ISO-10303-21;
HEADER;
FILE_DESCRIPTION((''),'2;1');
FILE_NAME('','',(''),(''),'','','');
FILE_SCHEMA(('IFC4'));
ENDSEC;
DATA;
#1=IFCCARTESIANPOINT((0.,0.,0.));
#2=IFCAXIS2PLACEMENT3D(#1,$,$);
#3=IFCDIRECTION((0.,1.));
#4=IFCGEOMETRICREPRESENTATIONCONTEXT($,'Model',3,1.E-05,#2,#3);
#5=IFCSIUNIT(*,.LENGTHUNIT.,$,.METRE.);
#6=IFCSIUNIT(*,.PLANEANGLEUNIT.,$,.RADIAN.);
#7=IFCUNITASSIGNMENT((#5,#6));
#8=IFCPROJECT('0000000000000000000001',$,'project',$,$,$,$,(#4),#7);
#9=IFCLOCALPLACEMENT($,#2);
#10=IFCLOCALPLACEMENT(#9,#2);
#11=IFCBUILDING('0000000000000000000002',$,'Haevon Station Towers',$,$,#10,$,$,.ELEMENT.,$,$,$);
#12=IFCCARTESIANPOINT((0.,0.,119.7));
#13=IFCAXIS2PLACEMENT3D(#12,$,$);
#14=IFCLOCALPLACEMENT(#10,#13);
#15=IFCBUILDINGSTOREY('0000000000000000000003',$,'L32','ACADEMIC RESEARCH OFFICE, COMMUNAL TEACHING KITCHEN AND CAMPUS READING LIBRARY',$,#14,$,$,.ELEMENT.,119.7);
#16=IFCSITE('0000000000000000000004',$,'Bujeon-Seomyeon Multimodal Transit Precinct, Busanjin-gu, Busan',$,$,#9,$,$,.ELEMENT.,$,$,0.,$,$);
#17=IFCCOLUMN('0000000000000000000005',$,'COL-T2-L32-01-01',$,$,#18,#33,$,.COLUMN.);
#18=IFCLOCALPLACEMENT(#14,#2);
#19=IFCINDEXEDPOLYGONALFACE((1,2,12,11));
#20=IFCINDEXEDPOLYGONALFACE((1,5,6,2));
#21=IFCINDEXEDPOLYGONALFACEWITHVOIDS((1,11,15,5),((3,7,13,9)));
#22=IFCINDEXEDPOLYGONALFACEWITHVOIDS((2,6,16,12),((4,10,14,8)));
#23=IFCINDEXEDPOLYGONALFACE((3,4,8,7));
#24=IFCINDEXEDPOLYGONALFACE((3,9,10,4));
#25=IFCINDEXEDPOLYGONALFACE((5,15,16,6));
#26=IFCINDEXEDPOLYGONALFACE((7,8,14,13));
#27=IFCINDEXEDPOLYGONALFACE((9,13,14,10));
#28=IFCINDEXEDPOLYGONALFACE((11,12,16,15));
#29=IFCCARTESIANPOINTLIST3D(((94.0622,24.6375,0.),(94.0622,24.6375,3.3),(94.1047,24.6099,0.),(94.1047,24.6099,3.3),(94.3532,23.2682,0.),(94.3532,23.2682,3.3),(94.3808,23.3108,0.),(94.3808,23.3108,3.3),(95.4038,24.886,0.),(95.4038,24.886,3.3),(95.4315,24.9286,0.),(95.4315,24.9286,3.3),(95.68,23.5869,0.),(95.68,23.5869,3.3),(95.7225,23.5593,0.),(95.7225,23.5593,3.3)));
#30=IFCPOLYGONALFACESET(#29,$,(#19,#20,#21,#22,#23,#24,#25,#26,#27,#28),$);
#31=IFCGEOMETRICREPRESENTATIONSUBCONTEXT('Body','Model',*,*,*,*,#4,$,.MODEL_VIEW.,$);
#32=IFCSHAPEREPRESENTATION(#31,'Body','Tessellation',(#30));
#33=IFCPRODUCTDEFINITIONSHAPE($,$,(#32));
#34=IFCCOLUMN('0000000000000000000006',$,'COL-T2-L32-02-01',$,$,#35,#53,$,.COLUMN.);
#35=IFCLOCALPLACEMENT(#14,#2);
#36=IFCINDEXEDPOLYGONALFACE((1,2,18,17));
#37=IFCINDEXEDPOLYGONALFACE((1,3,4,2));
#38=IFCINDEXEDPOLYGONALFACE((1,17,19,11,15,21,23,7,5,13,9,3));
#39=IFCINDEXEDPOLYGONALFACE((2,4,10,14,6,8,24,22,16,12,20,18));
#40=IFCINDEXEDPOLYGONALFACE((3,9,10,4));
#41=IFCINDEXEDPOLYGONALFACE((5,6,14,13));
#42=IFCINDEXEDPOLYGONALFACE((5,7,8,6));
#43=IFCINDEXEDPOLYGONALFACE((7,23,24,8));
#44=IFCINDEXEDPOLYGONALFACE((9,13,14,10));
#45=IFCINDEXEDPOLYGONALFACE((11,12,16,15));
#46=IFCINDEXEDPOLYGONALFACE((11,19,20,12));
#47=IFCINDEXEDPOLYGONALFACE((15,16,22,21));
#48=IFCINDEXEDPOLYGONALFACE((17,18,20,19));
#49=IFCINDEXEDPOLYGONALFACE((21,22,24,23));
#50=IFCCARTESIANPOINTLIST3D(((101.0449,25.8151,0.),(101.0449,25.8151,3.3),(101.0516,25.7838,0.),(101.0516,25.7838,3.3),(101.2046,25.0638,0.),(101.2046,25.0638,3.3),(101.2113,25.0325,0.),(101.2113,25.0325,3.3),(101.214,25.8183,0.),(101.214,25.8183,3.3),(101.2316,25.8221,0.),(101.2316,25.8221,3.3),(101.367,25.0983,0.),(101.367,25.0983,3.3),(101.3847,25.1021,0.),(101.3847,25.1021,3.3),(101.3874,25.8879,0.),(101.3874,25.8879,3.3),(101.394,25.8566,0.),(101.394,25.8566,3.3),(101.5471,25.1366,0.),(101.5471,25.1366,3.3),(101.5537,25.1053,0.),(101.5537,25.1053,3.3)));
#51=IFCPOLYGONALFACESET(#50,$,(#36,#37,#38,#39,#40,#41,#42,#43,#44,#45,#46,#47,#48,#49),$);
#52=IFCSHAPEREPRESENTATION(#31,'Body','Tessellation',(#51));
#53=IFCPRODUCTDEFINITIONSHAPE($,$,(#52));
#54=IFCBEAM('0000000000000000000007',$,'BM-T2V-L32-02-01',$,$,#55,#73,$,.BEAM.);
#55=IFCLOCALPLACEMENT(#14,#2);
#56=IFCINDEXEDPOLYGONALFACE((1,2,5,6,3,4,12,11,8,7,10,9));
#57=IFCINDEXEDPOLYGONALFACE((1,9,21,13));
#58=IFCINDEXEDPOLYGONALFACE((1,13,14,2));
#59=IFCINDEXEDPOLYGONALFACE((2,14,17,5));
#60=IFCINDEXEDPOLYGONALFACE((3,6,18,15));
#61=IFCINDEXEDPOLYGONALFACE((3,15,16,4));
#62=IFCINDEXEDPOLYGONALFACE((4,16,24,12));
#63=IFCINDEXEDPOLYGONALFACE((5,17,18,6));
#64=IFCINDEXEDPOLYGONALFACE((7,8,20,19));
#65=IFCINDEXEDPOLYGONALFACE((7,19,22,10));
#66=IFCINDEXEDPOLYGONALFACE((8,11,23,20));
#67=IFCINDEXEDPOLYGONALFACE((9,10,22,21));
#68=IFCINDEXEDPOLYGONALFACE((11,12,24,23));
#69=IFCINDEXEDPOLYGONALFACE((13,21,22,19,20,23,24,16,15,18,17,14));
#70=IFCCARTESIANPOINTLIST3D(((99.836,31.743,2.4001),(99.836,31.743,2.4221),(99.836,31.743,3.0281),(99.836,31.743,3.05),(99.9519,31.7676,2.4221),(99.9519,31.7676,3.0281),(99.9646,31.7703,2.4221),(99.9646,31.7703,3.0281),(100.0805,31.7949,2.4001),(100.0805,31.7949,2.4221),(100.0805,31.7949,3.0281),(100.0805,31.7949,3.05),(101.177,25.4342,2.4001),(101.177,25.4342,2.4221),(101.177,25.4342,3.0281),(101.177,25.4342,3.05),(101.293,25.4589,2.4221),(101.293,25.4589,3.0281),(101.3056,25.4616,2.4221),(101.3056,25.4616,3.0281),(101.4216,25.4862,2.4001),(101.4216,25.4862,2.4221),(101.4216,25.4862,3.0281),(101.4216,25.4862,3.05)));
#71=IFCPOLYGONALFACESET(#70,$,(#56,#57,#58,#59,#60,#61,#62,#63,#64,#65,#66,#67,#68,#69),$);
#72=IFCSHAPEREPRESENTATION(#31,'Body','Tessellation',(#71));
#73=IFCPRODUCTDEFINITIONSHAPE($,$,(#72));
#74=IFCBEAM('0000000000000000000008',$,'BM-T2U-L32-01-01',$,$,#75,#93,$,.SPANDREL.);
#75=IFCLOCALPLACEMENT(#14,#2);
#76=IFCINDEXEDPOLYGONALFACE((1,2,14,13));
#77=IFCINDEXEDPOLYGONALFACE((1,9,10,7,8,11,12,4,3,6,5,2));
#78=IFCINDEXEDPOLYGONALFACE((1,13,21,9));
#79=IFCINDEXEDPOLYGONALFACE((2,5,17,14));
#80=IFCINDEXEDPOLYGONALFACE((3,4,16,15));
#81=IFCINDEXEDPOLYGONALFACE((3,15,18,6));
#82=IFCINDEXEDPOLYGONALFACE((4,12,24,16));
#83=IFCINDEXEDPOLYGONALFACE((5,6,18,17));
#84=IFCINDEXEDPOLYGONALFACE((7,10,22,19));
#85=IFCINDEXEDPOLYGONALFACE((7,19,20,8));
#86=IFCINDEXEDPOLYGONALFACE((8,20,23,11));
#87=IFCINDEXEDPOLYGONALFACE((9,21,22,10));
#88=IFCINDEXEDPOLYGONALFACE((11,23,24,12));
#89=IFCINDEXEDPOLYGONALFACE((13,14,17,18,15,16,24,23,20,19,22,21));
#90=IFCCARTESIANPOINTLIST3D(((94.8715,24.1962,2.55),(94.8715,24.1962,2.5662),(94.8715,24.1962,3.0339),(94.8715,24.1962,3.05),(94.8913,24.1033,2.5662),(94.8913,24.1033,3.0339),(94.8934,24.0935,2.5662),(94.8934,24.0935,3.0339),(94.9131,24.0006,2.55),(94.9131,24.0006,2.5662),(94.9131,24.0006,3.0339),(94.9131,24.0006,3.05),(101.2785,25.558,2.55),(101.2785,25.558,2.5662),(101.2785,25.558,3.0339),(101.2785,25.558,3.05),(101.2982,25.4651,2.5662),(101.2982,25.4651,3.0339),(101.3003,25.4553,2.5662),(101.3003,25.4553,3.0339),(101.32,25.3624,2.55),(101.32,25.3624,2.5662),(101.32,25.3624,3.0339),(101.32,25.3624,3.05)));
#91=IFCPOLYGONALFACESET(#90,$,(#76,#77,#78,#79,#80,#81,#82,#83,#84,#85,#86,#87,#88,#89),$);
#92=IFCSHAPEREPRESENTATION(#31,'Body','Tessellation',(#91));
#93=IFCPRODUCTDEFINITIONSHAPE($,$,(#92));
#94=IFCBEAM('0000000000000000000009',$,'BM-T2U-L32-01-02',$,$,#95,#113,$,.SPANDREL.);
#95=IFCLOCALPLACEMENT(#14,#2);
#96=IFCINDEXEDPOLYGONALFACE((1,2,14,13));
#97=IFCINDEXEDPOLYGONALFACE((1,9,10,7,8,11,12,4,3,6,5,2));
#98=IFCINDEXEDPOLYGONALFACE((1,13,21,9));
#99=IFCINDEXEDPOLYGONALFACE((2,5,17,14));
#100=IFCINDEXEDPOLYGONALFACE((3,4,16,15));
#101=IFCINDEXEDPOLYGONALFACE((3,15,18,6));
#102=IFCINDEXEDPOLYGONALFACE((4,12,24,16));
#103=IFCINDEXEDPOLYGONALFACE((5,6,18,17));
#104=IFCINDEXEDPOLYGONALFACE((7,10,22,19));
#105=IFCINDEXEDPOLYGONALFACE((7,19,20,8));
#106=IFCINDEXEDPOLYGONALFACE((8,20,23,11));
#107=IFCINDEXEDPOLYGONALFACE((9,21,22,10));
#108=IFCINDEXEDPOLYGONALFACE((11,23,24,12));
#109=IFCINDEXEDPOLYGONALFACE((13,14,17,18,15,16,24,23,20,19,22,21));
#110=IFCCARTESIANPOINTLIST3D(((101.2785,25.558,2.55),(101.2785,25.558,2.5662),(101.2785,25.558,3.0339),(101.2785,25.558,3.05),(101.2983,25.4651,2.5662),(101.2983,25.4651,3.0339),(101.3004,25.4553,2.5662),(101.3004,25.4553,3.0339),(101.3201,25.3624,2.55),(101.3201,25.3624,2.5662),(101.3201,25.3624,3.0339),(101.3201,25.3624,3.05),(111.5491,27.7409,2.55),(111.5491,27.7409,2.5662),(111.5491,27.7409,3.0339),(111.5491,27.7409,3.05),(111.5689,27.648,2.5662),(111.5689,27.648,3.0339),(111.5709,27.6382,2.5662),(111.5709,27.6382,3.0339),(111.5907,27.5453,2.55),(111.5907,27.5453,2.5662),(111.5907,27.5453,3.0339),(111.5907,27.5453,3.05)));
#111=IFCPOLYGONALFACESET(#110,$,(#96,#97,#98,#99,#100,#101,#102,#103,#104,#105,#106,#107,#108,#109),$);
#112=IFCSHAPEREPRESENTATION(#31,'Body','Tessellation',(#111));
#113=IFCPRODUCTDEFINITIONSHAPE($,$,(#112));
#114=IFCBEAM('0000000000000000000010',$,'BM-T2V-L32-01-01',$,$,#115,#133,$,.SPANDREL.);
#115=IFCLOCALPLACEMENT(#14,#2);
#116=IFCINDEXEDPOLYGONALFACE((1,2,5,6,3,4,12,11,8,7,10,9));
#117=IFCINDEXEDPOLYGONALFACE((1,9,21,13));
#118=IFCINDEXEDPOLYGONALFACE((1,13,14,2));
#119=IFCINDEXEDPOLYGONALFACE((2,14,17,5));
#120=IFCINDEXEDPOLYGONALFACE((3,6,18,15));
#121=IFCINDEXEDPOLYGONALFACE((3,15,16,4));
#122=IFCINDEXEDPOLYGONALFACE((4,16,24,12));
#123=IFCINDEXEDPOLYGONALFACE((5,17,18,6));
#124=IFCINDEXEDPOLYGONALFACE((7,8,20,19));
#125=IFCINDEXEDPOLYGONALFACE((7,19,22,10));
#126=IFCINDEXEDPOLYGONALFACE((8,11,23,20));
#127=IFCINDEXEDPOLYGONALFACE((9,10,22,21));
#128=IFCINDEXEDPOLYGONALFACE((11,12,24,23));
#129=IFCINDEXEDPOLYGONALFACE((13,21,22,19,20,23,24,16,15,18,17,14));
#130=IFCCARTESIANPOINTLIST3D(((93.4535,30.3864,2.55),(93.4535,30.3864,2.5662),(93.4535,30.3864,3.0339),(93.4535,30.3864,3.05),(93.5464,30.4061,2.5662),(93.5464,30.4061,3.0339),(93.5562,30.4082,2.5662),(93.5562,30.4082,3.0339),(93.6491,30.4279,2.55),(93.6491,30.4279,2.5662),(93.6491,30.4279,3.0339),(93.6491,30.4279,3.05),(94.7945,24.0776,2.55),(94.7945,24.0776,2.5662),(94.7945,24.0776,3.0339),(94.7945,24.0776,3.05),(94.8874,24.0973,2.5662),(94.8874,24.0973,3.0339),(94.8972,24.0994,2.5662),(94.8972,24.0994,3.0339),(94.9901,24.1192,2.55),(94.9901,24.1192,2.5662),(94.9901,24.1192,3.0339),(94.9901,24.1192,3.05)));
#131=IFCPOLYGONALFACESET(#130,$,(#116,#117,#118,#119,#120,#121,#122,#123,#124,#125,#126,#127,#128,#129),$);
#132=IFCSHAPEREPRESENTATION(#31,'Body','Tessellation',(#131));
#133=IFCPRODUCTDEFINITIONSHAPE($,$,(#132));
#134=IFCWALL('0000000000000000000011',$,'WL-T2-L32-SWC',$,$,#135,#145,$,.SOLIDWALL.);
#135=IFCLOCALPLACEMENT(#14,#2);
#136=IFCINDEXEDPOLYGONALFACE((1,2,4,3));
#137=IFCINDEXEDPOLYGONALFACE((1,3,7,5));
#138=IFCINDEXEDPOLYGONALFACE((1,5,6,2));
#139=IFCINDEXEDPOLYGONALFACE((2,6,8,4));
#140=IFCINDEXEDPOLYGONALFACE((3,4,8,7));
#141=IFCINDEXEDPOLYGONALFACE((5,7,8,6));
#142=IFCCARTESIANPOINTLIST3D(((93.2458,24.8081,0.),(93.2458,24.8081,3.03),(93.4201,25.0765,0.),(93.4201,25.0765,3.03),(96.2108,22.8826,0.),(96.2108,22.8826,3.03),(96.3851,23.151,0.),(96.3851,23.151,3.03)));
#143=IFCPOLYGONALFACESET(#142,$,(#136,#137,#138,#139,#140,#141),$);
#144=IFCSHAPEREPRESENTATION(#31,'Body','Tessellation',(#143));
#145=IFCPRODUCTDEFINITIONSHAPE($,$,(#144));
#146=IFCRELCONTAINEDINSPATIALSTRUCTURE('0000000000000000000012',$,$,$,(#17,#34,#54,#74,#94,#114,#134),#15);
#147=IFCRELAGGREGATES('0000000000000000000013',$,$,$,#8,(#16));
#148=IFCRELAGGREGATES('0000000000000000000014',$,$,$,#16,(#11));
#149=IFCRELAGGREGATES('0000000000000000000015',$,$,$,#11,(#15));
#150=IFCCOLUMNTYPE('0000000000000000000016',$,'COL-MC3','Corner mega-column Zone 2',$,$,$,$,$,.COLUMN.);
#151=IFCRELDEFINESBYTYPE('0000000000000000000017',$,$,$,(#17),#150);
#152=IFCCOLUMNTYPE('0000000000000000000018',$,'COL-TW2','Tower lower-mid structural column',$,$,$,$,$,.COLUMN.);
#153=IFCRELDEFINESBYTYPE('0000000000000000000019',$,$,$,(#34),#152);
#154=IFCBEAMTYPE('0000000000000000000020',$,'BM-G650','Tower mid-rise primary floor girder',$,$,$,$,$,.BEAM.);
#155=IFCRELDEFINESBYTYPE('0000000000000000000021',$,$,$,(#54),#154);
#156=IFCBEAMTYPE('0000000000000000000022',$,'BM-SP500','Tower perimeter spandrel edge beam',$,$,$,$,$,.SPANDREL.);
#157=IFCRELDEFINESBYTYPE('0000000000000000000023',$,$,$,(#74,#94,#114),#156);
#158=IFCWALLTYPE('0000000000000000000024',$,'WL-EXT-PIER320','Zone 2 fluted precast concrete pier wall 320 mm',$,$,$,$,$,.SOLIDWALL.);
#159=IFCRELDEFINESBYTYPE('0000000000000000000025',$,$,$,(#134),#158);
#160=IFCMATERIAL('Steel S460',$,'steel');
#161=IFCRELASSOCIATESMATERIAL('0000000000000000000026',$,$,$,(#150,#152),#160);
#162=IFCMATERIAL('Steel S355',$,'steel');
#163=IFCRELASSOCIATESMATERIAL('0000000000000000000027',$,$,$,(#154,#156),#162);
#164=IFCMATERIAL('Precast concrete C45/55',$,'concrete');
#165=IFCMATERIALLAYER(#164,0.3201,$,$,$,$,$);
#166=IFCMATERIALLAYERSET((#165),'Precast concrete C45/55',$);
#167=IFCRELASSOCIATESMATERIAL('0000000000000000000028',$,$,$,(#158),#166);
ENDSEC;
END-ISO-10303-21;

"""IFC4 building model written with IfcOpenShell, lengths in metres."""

from ifc_helpers import new_model, si_unit, direction, frame, frame_2d, origin, origin_2d, place, context, subcontext, project, spatial, rectangle, hollow_rectangle, i_section, extrude, material, layer, layer_set, material_profile, profile_set, type_object, element, save


model = new_model("IFC4")

# Units and contexts
model_context = context("Model", 3, precision=1e-05, world=origin(), true_north=direction((0.0, 1.0)))
body_context = subcontext(model_context, "Body", "Model", "MODEL_VIEW")
ifc_project = project(units=[si_unit("LENGTHUNIT", "METRE"), si_unit("PLANEANGLEUNIT", "RADIAN")], contexts=[model_context])

# Site, building, storey
site_placement = place(None, origin())
site = spatial("IfcSite", under=ifc_project, at=site_placement, Name="Bujeon-Seomyeon Multimodal Transit Precinct, Busanjin-gu, Busan", CompositionType="ELEMENT", RefElevation=0.0)
building_placement = place(site_placement, origin())
building = spatial("IfcBuilding", under=site, at=building_placement, Name="Haevon Station Towers", CompositionType="ELEMENT")
storey_placement = place(building_placement, frame((0.0, 0.0, 119.7)))
storey = spatial("IfcBuildingStorey", under=building, at=storey_placement, Name="L32", Description="ACADEMIC RESEARCH OFFICE, COMMUNAL TEACHING KITCHEN AND CAMPUS READING LIBRARY", CompositionType="ELEMENT", Elevation=119.7)

# Columns
ifc_material_1 = material(Name="Steel S460", Category="steel")
ifc_material_profile_1 = material_profile(ifc_material_1, hollow_rectangle(XDim=1.3999, YDim=1.3999, WallThickness=0.0359, at=origin_2d()), Name="BOX-1400x1400x36")
ifc_profile_set_1 = profile_set([ifc_material_profile_1], Name="Steel S460")
column_type_1 = type_object("IfcColumnType", Name="COL-MC3", Description="Corner mega-column Zone 2", PredefinedType="COLUMN", material=ifc_profile_set_1)
column_1_placement = place(storey_placement, frame((94.8923, 24.0984, 0.0), z_axis=(0.0, 0.0, 1.0), x_axis=(0.978148, 0.207912, 0.0)))
element("IfcColumn", 1, at=column_1_placement, inside=storey, type_object=column_type_1, Name="COL-T2-L32-01-01", PredefinedType="COLUMN", context=body_context, shape_type="SweptSolid", body=[
    extrude(hollow_rectangle(XDim=1.3999, YDim=1.3999, WallThickness=0.0359, at=origin_2d()), origin(), (0.0, 0.0, 1.0), 3.3),
])
ifc_material_profile_2 = material_profile(ifc_material_1, i_section(OverallWidth=0.3501, OverallDepth=0.8, WebThickness=0.0181, FlangeThickness=0.032, at=origin_2d()), Name="H-800x350x18x32")
ifc_profile_set_2 = profile_set([ifc_material_profile_2], Name="Steel S460")
column_type_2 = type_object("IfcColumnType", Name="COL-TW2", Description="Tower lower-mid structural column", PredefinedType="COLUMN", material=ifc_profile_set_2)
column_2_placement = place(storey_placement, frame((101.2993, 25.4602, 0.0), z_axis=(0.0, 0.0, 1.0), x_axis=(0.978148, 0.207912, 0.0)))
element("IfcColumn", 2, at=column_2_placement, inside=storey, type_object=column_type_2, Name="COL-T2-L32-02-01", PredefinedType="COLUMN", context=body_context, shape_type="SweptSolid", body=[
    extrude(i_section(OverallWidth=0.3501, OverallDepth=0.8, WebThickness=0.0181, FlangeThickness=0.032, at=origin_2d()), origin(), (0.0, 0.0, 1.0), 3.3),
])

# Beams
ifc_material_2 = material(Name="Steel S355", Category="steel")
ifc_material_profile_3 = material_profile(ifc_material_2, i_section(OverallWidth=0.25, OverallDepth=0.6499, WebThickness=0.0129, FlangeThickness=0.022, at=origin_2d()), Name="H-650x250x13x22")
ifc_profile_set_3 = profile_set([ifc_material_profile_3], Name="Steel S355")
beam_type_1 = type_object("IfcBeamType", Name="BM-G650", Description="Tower mid-rise primary floor girder", PredefinedType="BEAM", material=ifc_profile_set_3)
beam_1_placement = place(storey_placement, frame((101.2993, 25.4602, 2.7251), z_axis=(-0.207923, 0.978145, 0.0), x_axis=(-0.978145, -0.207923, 0.0)))
element("IfcBeam", 3, at=beam_1_placement, inside=storey, type_object=beam_type_1, Name="BM-T2V-L32-02-01", PredefinedType="BEAM", context=body_context, shape_type="SweptSolid", body=[
    extrude(i_section(OverallWidth=0.25, OverallDepth=0.6499, WebThickness=0.0129, FlangeThickness=0.022, at=origin_2d()), origin(), (0.0, 0.0, 1.0), 6.4497),
])
ifc_material_profile_4 = material_profile(ifc_material_2, i_section(OverallWidth=0.2, OverallDepth=0.5, WebThickness=0.01, FlangeThickness=0.0161, at=origin_2d()), Name="H-500x200x10x16")
ifc_profile_set_4 = profile_set([ifc_material_profile_4], Name="Steel S355")
beam_type_2 = type_object("IfcBeamType", Name="BM-SP500", Description="Tower perimeter spandrel edge beam", PredefinedType="SPANDREL", material=ifc_profile_set_4)
beam_2_placement = place(storey_placement, frame((94.8923, 24.0984, 2.8), z_axis=(0.978149, 0.207907, 0.0), x_axis=(-0.207907, 0.978149, 0.0)))
element("IfcBeam", 4, at=beam_2_placement, inside=storey, type_object=beam_type_2, Name="BM-T2U-L32-01-01", PredefinedType="SPANDREL", context=body_context, shape_type="SweptSolid", body=[
    extrude(i_section(OverallWidth=0.2, OverallDepth=0.5, WebThickness=0.01, FlangeThickness=0.0161, at=origin_2d()), origin(), (0.0, 0.0, 1.0), 6.55),
])
beam_3_placement = place(storey_placement, frame((101.2993, 25.4602, 2.8), z_axis=(0.978152, 0.207893, 0.0), x_axis=(-0.207893, 0.978152, 0.0)))
element("IfcBeam", 5, at=beam_3_placement, inside=storey, type_object=beam_type_2, Name="BM-T2U-L32-01-02", PredefinedType="SPANDREL", context=body_context, shape_type="SweptSolid", body=[
    extrude(i_section(OverallWidth=0.2, OverallDepth=0.5, WebThickness=0.01, FlangeThickness=0.0161, at=origin_2d()), origin(), (0.0, 0.0, 1.0), 10.5),
])
beam_4_placement = place(storey_placement, frame((94.8923, 24.0984, 2.8), z_axis=(-0.207923, 0.978145, 0.0), x_axis=(-0.978145, -0.207923, 0.0)))
element("IfcBeam", 6, at=beam_4_placement, inside=storey, type_object=beam_type_2, Name="BM-T2V-L32-01-01", PredefinedType="SPANDREL", context=body_context, shape_type="SweptSolid", body=[
    extrude(i_section(OverallWidth=0.2, OverallDepth=0.5, WebThickness=0.01, FlangeThickness=0.0161, at=origin_2d()), origin(), (0.0, 0.0, 1.0), 6.4497),
])

# Wall
ifc_material_3 = material(Name="Precast concrete C45/55", Category="concrete")
ifc_layer_1 = layer(ifc_material_3, 0.3201)
ifc_layer_set_1 = layer_set([ifc_layer_1], Name="Precast concrete C45/55")
wall_type_1 = type_object("IfcWallType", Name="WL-EXT-PIER320", Description="Zone 2 fluted precast concrete pier wall 320 mm", PredefinedType="SOLIDWALL", material=ifc_layer_set_1)
wall_1_placement = place(storey_placement, frame((96.2979, 23.0168, 0.0), z_axis=(0.0, 0.0, 1.0), x_axis=(-0.838672, 0.544636, 0.0)))
element("IfcWall", 7, at=wall_1_placement, inside=storey, type_object=wall_type_1, Name="WL-T2-L32-SWC", PredefinedType="SOLIDWALL", context=body_context, shape_type="SweptSolid", body=[
    extrude(rectangle(XDim=3.5354, YDim=0.3201, at=frame_2d((1.7676, 0.0))), origin(), (0.0, 0.0, 1.0), 3.03),
])

save(model, "model.ifc")
